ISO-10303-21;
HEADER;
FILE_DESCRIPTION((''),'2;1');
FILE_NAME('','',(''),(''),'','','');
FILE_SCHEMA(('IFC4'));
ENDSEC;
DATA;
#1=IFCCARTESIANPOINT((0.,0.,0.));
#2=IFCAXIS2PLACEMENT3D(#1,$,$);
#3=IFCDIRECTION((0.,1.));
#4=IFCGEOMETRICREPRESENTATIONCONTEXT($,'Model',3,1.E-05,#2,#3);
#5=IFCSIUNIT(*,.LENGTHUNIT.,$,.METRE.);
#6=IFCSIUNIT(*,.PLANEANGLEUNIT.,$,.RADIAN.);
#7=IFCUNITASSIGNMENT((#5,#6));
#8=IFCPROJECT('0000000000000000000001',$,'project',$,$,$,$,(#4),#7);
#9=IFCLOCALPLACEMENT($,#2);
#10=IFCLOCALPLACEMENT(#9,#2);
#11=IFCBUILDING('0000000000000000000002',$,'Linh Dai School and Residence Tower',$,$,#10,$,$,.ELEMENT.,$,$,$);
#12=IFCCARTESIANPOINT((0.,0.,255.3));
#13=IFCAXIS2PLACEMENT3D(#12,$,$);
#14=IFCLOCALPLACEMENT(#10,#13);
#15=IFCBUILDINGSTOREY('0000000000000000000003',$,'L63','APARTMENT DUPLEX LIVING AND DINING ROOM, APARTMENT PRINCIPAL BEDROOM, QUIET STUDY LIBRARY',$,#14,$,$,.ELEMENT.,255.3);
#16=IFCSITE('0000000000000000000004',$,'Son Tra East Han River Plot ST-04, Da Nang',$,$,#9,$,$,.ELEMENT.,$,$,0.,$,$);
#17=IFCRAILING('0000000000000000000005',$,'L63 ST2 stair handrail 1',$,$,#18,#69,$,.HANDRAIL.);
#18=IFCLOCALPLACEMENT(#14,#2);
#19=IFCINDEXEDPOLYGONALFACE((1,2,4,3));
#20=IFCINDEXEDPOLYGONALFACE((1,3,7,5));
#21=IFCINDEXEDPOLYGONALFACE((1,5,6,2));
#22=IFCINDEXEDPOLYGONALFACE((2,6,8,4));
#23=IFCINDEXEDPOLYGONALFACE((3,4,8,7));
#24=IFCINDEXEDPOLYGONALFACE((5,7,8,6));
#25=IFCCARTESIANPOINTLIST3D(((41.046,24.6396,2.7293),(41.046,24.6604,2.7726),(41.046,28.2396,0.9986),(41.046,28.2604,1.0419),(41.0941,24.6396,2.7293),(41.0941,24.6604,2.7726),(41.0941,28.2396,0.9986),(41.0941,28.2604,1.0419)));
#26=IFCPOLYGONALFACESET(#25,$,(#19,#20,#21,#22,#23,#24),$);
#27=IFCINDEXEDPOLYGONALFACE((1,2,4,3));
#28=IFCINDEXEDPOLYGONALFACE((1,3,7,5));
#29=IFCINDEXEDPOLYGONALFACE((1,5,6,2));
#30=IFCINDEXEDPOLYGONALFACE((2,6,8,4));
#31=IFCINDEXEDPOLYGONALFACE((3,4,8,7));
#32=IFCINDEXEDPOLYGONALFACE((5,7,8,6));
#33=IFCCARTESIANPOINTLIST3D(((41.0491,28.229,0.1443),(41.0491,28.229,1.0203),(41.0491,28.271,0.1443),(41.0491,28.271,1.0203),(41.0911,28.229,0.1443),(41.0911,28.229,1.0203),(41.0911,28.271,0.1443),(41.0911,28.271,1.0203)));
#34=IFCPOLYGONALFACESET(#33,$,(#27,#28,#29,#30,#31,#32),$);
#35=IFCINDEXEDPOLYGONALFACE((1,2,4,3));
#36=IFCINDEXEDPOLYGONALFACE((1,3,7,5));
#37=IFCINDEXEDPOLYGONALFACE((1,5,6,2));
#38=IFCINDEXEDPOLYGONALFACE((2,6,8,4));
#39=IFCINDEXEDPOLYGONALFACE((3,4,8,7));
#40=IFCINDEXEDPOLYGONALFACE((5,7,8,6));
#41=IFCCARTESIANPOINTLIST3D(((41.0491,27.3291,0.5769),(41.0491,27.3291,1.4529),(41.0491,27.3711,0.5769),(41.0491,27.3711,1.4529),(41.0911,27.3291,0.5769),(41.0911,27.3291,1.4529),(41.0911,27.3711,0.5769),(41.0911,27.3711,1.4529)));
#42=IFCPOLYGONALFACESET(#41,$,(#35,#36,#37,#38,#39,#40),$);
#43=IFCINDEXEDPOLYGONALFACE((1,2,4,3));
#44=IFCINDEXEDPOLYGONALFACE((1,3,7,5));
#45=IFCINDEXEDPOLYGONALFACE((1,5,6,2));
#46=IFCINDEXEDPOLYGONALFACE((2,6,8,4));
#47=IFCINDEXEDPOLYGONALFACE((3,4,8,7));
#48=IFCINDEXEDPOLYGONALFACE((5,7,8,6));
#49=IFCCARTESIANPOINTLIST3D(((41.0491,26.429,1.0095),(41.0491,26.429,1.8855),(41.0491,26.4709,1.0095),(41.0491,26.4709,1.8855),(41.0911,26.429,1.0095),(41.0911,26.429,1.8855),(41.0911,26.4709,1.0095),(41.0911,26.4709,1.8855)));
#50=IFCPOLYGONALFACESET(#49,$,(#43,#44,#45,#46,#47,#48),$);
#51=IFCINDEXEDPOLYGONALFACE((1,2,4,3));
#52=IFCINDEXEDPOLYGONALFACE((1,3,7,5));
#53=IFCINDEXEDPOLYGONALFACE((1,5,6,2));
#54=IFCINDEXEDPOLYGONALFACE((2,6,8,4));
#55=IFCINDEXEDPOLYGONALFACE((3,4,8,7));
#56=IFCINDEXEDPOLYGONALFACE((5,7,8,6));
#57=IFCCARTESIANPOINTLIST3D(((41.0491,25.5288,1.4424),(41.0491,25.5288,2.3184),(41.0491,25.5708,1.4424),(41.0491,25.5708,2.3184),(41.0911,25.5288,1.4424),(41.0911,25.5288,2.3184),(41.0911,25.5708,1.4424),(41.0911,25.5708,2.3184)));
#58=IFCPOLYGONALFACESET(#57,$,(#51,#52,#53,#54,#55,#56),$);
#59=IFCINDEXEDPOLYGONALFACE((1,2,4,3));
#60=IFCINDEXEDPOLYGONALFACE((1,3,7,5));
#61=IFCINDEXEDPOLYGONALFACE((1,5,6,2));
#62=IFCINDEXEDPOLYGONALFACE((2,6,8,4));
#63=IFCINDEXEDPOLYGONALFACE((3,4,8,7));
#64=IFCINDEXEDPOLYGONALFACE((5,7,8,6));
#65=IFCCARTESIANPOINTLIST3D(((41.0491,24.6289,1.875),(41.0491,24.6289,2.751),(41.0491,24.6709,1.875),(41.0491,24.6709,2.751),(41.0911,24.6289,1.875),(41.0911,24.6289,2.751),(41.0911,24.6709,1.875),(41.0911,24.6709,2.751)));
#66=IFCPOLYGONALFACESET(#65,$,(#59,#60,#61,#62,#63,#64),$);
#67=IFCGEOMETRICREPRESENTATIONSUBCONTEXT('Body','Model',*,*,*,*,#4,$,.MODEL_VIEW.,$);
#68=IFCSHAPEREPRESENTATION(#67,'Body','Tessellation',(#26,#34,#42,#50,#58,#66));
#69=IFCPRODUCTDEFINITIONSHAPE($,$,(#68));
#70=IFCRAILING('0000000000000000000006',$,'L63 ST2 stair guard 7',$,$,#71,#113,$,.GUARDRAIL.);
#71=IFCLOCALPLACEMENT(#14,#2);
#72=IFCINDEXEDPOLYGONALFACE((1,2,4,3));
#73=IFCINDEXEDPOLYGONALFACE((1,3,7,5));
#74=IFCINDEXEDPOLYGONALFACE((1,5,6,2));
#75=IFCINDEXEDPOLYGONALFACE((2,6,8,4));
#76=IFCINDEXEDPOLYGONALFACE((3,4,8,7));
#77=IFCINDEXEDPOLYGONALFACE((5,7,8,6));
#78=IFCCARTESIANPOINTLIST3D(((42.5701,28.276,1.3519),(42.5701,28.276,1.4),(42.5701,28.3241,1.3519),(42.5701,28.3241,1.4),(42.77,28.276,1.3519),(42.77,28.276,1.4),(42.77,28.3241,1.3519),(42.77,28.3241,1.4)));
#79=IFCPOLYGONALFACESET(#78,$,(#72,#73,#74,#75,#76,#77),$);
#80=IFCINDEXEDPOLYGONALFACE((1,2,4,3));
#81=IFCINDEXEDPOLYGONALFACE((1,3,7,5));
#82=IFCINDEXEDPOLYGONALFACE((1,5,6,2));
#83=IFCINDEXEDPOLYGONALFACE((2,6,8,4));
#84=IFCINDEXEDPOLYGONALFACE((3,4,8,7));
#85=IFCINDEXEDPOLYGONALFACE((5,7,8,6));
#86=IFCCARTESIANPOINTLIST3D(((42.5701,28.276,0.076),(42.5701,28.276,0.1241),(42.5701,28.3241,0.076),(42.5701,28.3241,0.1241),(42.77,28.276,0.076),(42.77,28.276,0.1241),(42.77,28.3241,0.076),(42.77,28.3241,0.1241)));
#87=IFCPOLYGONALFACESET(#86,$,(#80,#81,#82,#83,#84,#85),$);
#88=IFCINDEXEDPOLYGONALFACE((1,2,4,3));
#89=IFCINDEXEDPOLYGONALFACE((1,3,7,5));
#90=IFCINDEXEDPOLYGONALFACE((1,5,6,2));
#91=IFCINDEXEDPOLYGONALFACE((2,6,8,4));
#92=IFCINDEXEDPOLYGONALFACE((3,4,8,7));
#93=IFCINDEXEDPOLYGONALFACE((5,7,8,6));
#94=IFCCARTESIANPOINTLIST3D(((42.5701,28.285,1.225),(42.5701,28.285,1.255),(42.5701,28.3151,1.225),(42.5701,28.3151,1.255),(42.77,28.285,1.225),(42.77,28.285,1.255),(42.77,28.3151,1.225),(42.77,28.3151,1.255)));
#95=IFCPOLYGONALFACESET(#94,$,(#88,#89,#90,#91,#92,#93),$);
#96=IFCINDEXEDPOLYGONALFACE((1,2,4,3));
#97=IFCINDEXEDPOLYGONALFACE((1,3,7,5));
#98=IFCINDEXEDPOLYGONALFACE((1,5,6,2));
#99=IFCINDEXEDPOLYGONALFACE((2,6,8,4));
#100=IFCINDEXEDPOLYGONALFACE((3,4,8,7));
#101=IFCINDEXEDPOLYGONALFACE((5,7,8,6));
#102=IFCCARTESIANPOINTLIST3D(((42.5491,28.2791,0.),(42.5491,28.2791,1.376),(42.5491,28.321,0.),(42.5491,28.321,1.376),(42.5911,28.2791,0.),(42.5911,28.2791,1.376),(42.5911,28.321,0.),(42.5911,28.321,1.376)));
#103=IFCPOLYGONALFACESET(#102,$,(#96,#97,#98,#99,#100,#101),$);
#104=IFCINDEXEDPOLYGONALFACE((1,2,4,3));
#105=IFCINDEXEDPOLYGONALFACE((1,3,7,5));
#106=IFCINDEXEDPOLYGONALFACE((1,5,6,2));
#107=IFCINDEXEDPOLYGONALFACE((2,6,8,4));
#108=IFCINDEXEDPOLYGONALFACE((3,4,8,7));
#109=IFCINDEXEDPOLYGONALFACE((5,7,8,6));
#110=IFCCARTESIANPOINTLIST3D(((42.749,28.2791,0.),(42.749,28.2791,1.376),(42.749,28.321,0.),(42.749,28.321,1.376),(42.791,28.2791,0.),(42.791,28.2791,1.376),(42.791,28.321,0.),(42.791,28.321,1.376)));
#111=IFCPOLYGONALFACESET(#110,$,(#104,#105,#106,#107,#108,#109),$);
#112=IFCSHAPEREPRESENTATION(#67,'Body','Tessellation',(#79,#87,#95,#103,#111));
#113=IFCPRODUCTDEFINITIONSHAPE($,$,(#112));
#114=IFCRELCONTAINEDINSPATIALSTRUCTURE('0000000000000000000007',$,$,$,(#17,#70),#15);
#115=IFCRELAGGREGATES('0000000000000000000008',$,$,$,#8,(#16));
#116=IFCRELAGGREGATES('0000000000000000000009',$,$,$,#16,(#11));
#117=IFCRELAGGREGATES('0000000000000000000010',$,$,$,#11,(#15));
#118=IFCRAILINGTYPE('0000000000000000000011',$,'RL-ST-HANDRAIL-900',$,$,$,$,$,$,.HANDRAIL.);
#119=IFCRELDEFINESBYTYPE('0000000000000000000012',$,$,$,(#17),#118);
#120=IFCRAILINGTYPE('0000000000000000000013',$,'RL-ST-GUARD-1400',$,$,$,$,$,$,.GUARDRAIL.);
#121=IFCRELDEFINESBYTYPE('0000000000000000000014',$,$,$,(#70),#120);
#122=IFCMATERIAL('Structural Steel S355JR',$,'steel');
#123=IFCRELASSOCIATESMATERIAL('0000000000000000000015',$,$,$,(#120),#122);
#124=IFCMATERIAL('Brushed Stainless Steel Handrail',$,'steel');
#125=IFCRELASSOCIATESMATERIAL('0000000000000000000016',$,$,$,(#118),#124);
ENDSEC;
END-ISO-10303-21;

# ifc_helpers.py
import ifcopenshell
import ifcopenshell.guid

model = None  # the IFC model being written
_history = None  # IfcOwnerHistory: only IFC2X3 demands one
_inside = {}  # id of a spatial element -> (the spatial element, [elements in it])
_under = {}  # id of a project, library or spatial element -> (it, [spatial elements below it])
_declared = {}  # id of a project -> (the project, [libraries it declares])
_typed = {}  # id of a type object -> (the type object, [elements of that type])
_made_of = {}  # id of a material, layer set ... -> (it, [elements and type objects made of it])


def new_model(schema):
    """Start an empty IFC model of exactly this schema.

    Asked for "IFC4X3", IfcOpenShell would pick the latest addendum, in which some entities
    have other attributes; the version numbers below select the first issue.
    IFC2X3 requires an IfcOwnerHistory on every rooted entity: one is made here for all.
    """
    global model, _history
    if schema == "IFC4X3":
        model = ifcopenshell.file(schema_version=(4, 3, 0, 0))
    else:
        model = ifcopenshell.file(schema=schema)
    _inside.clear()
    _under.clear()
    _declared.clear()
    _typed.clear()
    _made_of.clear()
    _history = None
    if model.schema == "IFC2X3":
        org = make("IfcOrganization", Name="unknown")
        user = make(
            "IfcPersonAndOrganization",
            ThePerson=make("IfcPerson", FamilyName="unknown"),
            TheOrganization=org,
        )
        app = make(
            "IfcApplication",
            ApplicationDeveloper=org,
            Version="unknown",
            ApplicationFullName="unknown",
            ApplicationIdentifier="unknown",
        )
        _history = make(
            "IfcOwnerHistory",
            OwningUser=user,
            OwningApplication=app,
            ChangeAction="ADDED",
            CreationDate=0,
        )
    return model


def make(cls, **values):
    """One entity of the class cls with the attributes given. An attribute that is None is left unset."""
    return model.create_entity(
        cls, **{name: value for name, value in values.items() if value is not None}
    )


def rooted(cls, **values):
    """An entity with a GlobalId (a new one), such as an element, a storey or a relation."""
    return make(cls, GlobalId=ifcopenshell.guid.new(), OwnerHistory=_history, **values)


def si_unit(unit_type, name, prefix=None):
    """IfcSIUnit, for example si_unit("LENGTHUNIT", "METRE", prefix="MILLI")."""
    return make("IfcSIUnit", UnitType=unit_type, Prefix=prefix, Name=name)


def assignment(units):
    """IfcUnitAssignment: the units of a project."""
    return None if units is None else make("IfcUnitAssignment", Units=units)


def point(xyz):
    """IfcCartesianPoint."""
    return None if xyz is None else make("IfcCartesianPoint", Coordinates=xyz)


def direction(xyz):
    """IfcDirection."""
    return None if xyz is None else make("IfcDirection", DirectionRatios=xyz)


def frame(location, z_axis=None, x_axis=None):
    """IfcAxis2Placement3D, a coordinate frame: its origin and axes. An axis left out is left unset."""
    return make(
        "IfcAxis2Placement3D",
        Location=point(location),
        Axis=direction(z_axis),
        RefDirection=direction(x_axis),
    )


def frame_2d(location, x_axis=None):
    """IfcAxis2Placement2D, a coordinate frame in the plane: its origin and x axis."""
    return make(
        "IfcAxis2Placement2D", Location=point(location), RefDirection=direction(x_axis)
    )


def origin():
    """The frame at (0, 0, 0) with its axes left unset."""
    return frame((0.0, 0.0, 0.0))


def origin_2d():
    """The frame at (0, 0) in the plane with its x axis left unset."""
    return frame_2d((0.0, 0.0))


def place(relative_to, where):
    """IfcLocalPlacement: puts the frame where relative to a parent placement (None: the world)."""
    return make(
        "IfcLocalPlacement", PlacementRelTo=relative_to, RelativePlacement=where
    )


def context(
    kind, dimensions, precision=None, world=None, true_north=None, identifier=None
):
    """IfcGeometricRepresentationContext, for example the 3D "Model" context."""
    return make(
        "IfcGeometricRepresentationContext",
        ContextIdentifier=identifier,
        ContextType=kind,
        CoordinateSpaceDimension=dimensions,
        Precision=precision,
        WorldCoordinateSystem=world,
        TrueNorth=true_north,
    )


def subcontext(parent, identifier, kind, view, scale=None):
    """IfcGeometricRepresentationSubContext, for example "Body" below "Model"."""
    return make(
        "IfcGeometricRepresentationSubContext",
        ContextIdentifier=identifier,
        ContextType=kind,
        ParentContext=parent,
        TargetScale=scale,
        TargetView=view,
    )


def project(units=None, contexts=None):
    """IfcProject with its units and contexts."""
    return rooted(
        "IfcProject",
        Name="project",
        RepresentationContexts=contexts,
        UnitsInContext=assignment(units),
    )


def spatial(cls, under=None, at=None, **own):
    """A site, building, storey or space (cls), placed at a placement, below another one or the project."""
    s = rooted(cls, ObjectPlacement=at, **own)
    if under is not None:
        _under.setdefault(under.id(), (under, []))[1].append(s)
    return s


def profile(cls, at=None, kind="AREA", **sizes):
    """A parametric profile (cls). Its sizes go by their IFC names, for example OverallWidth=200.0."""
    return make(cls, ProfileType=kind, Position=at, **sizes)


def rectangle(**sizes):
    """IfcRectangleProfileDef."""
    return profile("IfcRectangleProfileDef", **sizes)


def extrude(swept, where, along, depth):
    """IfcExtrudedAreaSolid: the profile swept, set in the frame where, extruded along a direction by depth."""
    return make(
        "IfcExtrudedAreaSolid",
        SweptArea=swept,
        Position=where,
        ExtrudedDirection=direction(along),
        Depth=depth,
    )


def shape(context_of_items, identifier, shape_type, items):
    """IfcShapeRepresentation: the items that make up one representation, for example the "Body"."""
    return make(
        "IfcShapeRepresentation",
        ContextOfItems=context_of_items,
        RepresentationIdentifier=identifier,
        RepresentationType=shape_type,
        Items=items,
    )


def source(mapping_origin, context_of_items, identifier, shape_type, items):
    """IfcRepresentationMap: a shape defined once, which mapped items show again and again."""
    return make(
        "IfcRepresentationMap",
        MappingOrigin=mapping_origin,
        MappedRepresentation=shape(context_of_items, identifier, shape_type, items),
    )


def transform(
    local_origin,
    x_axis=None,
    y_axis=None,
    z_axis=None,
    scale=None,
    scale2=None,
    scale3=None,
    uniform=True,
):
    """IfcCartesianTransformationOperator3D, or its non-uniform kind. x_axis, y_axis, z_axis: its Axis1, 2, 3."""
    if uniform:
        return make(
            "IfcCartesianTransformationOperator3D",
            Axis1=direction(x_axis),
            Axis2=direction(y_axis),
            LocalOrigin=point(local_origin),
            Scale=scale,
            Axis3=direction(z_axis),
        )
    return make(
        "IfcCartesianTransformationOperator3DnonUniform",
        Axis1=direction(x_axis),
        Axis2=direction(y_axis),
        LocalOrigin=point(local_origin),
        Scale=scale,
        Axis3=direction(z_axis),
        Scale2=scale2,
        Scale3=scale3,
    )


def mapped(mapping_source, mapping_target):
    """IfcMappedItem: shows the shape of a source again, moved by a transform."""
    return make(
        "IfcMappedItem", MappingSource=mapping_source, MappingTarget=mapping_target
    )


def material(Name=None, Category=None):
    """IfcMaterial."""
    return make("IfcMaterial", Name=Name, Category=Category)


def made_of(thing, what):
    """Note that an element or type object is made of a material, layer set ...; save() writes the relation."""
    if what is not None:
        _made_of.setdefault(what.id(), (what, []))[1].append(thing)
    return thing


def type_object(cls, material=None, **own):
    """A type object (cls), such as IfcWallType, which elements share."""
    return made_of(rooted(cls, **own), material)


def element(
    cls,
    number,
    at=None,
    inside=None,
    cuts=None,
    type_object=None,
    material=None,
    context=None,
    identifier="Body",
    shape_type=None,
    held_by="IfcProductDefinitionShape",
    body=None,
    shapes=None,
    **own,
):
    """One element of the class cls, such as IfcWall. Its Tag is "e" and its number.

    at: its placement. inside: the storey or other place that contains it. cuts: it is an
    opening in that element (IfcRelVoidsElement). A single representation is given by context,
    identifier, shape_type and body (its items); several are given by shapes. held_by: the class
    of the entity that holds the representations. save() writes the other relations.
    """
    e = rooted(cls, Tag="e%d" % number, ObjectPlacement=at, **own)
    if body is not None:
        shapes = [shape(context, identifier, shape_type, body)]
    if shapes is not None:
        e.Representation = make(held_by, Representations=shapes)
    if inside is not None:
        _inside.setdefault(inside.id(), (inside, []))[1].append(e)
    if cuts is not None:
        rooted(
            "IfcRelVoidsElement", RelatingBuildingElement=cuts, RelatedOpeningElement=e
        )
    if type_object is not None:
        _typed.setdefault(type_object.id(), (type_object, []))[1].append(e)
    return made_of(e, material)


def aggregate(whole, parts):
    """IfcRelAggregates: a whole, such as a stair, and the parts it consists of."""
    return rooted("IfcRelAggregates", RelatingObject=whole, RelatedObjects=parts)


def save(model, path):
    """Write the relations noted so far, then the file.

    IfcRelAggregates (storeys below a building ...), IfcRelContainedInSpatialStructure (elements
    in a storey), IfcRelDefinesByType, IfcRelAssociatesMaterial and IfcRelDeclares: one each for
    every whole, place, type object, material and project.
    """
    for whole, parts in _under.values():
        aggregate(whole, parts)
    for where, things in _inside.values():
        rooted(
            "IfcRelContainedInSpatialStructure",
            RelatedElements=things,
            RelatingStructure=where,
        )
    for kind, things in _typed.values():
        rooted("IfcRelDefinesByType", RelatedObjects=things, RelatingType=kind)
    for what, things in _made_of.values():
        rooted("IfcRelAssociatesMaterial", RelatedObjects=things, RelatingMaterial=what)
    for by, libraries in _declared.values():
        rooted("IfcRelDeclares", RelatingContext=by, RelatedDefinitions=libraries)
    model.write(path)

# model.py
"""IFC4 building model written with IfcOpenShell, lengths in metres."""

from ifc_helpers import new_model, si_unit, direction, frame, origin, origin_2d, place, context, subcontext, project, spatial, rectangle, extrude, source, transform, mapped, material, type_object, element, save


model = new_model("IFC4")

# Units and contexts
model_context = context("Model", 3, precision=1e-05, world=origin(), true_north=direction((0.0, 1.0)))
body_context = subcontext(model_context, "Body", "Model", "MODEL_VIEW")
ifc_project = project(units=[si_unit("LENGTHUNIT", "METRE"), si_unit("PLANEANGLEUNIT", "RADIAN")], contexts=[model_context])

# Site, building, storey
site_placement = place(None, origin())
site = spatial("IfcSite", under=ifc_project, at=site_placement, Name="Son Tra East Han River Plot ST-04, Da Nang", CompositionType="ELEMENT", RefElevation=0.0)
building_placement = place(site_placement, origin())
building = spatial("IfcBuilding", under=site, at=building_placement, Name="Linh Dai School and Residence Tower", CompositionType="ELEMENT")
storey_placement = place(building_placement, frame((0.0, 0.0, 255.3)))
storey = spatial("IfcBuildingStorey", under=building, at=storey_placement, Name="L63", Description="APARTMENT DUPLEX LIVING AND DINING ROOM, APARTMENT PRINCIPAL BEDROOM, QUIET STUDY LIBRARY", CompositionType="ELEMENT", Elevation=255.3)

# Shared definitions
ifc_material_1 = material(Name="Structural Steel S355JR", Category="steel")

# Railings
railing_type_1 = type_object("IfcRailingType", Name="RL-ST-GUARD-1400", PredefinedType="GUARDRAIL", material=ifc_material_1)
ifc_material_2 = material(Name="Brushed Stainless Steel Handrail", Category="steel")
railing_type_2 = type_object("IfcRailingType", Name="RL-ST-HANDRAIL-900", PredefinedType="HANDRAIL", material=ifc_material_2)
shared_shape_1 = source(origin(), body_context, "Body", "SweptSolid", [
    extrude(rectangle(XDim=0.0481, YDim=0.0481, at=origin_2d()), frame((0.0, 0.0, 0.876), z_axis=(0.0, -0.901263, 0.433273), x_axis=(1.0, 0.0, 0.0)), (0.0, 0.0, 1.0), 3.9944),
    extrude(rectangle(XDim=0.042, YDim=0.042, at=origin_2d()), origin(), (0.0, 0.0, 1.0), 0.876),
    extrude(rectangle(XDim=0.042, YDim=0.042, at=origin_2d()), frame((0.0, -0.8999, 0.4326)), (0.0, 0.0, 1.0), 0.876),
    extrude(rectangle(XDim=0.042, YDim=0.042, at=origin_2d()), frame((0.0, -1.8, 0.8652)), (0.0, 0.0, 1.0), 0.876),
    extrude(rectangle(XDim=0.042, YDim=0.042, at=origin_2d()), frame((0.0, -2.7002, 1.2981)), (0.0, 0.0, 1.0), 0.876),
    extrude(rectangle(XDim=0.042, YDim=0.042, at=origin_2d()), frame((0.0, -3.6001, 1.7307)), (0.0, 0.0, 1.0), 0.876),
])
railing_1_placement = place(storey_placement, frame((41.0701, 28.25, 0.1443)))
element("IfcRailing", 1, at=railing_1_placement, inside=storey, type_object=railing_type_2, Name="L63 ST2 stair handrail 1", PredefinedType="HANDRAIL", context=body_context, shape_type="MappedRepresentation", body=[
    mapped(shared_shape_1, transform((0.0, 0.0, 0.0), x_axis=(1.0, 0.0, 0.0), y_axis=(0.0, 1.0, 0.0), z_axis=(0.0, 0.0, 1.0), scale=1.0)),
])
shared_shape_2 = source(origin(), body_context, "Body", "SweptSolid", [
    extrude(rectangle(XDim=0.0481, YDim=0.0481, at=origin_2d()), frame((0.0, 0.0, 1.376), z_axis=(1.0, 0.0, 0.0), x_axis=(0.0, 1.0, 0.0)), (0.0, 0.0, 1.0), 0.2),
    extrude(rectangle(XDim=0.0481, YDim=0.0481, at=origin_2d()), frame((0.0, 0.0, 0.1001), z_axis=(1.0, 0.0, 0.0), x_axis=(0.0, 1.0, 0.0)), (0.0, 0.0, 1.0), 0.2),
    extrude(rectangle(XDim=0.03, YDim=0.03, at=origin_2d()), frame((0.0, 0.0, 1.24), z_axis=(1.0, 0.0, 0.0), x_axis=(0.0, 1.0, 0.0)), (0.0, 0.0, 1.0), 0.2),
    extrude(rectangle(XDim=0.042, YDim=0.042, at=origin_2d()), origin(), (0.0, 0.0, 1.0), 1.376),
    extrude(rectangle(XDim=0.042, YDim=0.042, at=origin_2d()), frame((0.2, 0.0, 0.0)), (0.0, 0.0, 1.0), 1.376),
])
railing_2_placement = place(storey_placement, frame((42.5701, 28.3, 0.0)))
element("IfcRailing", 2, at=railing_2_placement, inside=storey, type_object=railing_type_1, Name="L63 ST2 stair guard 7", PredefinedType="GUARDRAIL", context=body_context, shape_type="MappedRepresentation", body=[
    mapped(shared_shape_2, transform((0.0, 0.0, 0.0), x_axis=(1.0, 0.0, 0.0), y_axis=(0.0, 1.0, 0.0), z_axis=(0.0, 0.0, 1.0), scale=1.0)),
])

save(model, "model.ifc")
